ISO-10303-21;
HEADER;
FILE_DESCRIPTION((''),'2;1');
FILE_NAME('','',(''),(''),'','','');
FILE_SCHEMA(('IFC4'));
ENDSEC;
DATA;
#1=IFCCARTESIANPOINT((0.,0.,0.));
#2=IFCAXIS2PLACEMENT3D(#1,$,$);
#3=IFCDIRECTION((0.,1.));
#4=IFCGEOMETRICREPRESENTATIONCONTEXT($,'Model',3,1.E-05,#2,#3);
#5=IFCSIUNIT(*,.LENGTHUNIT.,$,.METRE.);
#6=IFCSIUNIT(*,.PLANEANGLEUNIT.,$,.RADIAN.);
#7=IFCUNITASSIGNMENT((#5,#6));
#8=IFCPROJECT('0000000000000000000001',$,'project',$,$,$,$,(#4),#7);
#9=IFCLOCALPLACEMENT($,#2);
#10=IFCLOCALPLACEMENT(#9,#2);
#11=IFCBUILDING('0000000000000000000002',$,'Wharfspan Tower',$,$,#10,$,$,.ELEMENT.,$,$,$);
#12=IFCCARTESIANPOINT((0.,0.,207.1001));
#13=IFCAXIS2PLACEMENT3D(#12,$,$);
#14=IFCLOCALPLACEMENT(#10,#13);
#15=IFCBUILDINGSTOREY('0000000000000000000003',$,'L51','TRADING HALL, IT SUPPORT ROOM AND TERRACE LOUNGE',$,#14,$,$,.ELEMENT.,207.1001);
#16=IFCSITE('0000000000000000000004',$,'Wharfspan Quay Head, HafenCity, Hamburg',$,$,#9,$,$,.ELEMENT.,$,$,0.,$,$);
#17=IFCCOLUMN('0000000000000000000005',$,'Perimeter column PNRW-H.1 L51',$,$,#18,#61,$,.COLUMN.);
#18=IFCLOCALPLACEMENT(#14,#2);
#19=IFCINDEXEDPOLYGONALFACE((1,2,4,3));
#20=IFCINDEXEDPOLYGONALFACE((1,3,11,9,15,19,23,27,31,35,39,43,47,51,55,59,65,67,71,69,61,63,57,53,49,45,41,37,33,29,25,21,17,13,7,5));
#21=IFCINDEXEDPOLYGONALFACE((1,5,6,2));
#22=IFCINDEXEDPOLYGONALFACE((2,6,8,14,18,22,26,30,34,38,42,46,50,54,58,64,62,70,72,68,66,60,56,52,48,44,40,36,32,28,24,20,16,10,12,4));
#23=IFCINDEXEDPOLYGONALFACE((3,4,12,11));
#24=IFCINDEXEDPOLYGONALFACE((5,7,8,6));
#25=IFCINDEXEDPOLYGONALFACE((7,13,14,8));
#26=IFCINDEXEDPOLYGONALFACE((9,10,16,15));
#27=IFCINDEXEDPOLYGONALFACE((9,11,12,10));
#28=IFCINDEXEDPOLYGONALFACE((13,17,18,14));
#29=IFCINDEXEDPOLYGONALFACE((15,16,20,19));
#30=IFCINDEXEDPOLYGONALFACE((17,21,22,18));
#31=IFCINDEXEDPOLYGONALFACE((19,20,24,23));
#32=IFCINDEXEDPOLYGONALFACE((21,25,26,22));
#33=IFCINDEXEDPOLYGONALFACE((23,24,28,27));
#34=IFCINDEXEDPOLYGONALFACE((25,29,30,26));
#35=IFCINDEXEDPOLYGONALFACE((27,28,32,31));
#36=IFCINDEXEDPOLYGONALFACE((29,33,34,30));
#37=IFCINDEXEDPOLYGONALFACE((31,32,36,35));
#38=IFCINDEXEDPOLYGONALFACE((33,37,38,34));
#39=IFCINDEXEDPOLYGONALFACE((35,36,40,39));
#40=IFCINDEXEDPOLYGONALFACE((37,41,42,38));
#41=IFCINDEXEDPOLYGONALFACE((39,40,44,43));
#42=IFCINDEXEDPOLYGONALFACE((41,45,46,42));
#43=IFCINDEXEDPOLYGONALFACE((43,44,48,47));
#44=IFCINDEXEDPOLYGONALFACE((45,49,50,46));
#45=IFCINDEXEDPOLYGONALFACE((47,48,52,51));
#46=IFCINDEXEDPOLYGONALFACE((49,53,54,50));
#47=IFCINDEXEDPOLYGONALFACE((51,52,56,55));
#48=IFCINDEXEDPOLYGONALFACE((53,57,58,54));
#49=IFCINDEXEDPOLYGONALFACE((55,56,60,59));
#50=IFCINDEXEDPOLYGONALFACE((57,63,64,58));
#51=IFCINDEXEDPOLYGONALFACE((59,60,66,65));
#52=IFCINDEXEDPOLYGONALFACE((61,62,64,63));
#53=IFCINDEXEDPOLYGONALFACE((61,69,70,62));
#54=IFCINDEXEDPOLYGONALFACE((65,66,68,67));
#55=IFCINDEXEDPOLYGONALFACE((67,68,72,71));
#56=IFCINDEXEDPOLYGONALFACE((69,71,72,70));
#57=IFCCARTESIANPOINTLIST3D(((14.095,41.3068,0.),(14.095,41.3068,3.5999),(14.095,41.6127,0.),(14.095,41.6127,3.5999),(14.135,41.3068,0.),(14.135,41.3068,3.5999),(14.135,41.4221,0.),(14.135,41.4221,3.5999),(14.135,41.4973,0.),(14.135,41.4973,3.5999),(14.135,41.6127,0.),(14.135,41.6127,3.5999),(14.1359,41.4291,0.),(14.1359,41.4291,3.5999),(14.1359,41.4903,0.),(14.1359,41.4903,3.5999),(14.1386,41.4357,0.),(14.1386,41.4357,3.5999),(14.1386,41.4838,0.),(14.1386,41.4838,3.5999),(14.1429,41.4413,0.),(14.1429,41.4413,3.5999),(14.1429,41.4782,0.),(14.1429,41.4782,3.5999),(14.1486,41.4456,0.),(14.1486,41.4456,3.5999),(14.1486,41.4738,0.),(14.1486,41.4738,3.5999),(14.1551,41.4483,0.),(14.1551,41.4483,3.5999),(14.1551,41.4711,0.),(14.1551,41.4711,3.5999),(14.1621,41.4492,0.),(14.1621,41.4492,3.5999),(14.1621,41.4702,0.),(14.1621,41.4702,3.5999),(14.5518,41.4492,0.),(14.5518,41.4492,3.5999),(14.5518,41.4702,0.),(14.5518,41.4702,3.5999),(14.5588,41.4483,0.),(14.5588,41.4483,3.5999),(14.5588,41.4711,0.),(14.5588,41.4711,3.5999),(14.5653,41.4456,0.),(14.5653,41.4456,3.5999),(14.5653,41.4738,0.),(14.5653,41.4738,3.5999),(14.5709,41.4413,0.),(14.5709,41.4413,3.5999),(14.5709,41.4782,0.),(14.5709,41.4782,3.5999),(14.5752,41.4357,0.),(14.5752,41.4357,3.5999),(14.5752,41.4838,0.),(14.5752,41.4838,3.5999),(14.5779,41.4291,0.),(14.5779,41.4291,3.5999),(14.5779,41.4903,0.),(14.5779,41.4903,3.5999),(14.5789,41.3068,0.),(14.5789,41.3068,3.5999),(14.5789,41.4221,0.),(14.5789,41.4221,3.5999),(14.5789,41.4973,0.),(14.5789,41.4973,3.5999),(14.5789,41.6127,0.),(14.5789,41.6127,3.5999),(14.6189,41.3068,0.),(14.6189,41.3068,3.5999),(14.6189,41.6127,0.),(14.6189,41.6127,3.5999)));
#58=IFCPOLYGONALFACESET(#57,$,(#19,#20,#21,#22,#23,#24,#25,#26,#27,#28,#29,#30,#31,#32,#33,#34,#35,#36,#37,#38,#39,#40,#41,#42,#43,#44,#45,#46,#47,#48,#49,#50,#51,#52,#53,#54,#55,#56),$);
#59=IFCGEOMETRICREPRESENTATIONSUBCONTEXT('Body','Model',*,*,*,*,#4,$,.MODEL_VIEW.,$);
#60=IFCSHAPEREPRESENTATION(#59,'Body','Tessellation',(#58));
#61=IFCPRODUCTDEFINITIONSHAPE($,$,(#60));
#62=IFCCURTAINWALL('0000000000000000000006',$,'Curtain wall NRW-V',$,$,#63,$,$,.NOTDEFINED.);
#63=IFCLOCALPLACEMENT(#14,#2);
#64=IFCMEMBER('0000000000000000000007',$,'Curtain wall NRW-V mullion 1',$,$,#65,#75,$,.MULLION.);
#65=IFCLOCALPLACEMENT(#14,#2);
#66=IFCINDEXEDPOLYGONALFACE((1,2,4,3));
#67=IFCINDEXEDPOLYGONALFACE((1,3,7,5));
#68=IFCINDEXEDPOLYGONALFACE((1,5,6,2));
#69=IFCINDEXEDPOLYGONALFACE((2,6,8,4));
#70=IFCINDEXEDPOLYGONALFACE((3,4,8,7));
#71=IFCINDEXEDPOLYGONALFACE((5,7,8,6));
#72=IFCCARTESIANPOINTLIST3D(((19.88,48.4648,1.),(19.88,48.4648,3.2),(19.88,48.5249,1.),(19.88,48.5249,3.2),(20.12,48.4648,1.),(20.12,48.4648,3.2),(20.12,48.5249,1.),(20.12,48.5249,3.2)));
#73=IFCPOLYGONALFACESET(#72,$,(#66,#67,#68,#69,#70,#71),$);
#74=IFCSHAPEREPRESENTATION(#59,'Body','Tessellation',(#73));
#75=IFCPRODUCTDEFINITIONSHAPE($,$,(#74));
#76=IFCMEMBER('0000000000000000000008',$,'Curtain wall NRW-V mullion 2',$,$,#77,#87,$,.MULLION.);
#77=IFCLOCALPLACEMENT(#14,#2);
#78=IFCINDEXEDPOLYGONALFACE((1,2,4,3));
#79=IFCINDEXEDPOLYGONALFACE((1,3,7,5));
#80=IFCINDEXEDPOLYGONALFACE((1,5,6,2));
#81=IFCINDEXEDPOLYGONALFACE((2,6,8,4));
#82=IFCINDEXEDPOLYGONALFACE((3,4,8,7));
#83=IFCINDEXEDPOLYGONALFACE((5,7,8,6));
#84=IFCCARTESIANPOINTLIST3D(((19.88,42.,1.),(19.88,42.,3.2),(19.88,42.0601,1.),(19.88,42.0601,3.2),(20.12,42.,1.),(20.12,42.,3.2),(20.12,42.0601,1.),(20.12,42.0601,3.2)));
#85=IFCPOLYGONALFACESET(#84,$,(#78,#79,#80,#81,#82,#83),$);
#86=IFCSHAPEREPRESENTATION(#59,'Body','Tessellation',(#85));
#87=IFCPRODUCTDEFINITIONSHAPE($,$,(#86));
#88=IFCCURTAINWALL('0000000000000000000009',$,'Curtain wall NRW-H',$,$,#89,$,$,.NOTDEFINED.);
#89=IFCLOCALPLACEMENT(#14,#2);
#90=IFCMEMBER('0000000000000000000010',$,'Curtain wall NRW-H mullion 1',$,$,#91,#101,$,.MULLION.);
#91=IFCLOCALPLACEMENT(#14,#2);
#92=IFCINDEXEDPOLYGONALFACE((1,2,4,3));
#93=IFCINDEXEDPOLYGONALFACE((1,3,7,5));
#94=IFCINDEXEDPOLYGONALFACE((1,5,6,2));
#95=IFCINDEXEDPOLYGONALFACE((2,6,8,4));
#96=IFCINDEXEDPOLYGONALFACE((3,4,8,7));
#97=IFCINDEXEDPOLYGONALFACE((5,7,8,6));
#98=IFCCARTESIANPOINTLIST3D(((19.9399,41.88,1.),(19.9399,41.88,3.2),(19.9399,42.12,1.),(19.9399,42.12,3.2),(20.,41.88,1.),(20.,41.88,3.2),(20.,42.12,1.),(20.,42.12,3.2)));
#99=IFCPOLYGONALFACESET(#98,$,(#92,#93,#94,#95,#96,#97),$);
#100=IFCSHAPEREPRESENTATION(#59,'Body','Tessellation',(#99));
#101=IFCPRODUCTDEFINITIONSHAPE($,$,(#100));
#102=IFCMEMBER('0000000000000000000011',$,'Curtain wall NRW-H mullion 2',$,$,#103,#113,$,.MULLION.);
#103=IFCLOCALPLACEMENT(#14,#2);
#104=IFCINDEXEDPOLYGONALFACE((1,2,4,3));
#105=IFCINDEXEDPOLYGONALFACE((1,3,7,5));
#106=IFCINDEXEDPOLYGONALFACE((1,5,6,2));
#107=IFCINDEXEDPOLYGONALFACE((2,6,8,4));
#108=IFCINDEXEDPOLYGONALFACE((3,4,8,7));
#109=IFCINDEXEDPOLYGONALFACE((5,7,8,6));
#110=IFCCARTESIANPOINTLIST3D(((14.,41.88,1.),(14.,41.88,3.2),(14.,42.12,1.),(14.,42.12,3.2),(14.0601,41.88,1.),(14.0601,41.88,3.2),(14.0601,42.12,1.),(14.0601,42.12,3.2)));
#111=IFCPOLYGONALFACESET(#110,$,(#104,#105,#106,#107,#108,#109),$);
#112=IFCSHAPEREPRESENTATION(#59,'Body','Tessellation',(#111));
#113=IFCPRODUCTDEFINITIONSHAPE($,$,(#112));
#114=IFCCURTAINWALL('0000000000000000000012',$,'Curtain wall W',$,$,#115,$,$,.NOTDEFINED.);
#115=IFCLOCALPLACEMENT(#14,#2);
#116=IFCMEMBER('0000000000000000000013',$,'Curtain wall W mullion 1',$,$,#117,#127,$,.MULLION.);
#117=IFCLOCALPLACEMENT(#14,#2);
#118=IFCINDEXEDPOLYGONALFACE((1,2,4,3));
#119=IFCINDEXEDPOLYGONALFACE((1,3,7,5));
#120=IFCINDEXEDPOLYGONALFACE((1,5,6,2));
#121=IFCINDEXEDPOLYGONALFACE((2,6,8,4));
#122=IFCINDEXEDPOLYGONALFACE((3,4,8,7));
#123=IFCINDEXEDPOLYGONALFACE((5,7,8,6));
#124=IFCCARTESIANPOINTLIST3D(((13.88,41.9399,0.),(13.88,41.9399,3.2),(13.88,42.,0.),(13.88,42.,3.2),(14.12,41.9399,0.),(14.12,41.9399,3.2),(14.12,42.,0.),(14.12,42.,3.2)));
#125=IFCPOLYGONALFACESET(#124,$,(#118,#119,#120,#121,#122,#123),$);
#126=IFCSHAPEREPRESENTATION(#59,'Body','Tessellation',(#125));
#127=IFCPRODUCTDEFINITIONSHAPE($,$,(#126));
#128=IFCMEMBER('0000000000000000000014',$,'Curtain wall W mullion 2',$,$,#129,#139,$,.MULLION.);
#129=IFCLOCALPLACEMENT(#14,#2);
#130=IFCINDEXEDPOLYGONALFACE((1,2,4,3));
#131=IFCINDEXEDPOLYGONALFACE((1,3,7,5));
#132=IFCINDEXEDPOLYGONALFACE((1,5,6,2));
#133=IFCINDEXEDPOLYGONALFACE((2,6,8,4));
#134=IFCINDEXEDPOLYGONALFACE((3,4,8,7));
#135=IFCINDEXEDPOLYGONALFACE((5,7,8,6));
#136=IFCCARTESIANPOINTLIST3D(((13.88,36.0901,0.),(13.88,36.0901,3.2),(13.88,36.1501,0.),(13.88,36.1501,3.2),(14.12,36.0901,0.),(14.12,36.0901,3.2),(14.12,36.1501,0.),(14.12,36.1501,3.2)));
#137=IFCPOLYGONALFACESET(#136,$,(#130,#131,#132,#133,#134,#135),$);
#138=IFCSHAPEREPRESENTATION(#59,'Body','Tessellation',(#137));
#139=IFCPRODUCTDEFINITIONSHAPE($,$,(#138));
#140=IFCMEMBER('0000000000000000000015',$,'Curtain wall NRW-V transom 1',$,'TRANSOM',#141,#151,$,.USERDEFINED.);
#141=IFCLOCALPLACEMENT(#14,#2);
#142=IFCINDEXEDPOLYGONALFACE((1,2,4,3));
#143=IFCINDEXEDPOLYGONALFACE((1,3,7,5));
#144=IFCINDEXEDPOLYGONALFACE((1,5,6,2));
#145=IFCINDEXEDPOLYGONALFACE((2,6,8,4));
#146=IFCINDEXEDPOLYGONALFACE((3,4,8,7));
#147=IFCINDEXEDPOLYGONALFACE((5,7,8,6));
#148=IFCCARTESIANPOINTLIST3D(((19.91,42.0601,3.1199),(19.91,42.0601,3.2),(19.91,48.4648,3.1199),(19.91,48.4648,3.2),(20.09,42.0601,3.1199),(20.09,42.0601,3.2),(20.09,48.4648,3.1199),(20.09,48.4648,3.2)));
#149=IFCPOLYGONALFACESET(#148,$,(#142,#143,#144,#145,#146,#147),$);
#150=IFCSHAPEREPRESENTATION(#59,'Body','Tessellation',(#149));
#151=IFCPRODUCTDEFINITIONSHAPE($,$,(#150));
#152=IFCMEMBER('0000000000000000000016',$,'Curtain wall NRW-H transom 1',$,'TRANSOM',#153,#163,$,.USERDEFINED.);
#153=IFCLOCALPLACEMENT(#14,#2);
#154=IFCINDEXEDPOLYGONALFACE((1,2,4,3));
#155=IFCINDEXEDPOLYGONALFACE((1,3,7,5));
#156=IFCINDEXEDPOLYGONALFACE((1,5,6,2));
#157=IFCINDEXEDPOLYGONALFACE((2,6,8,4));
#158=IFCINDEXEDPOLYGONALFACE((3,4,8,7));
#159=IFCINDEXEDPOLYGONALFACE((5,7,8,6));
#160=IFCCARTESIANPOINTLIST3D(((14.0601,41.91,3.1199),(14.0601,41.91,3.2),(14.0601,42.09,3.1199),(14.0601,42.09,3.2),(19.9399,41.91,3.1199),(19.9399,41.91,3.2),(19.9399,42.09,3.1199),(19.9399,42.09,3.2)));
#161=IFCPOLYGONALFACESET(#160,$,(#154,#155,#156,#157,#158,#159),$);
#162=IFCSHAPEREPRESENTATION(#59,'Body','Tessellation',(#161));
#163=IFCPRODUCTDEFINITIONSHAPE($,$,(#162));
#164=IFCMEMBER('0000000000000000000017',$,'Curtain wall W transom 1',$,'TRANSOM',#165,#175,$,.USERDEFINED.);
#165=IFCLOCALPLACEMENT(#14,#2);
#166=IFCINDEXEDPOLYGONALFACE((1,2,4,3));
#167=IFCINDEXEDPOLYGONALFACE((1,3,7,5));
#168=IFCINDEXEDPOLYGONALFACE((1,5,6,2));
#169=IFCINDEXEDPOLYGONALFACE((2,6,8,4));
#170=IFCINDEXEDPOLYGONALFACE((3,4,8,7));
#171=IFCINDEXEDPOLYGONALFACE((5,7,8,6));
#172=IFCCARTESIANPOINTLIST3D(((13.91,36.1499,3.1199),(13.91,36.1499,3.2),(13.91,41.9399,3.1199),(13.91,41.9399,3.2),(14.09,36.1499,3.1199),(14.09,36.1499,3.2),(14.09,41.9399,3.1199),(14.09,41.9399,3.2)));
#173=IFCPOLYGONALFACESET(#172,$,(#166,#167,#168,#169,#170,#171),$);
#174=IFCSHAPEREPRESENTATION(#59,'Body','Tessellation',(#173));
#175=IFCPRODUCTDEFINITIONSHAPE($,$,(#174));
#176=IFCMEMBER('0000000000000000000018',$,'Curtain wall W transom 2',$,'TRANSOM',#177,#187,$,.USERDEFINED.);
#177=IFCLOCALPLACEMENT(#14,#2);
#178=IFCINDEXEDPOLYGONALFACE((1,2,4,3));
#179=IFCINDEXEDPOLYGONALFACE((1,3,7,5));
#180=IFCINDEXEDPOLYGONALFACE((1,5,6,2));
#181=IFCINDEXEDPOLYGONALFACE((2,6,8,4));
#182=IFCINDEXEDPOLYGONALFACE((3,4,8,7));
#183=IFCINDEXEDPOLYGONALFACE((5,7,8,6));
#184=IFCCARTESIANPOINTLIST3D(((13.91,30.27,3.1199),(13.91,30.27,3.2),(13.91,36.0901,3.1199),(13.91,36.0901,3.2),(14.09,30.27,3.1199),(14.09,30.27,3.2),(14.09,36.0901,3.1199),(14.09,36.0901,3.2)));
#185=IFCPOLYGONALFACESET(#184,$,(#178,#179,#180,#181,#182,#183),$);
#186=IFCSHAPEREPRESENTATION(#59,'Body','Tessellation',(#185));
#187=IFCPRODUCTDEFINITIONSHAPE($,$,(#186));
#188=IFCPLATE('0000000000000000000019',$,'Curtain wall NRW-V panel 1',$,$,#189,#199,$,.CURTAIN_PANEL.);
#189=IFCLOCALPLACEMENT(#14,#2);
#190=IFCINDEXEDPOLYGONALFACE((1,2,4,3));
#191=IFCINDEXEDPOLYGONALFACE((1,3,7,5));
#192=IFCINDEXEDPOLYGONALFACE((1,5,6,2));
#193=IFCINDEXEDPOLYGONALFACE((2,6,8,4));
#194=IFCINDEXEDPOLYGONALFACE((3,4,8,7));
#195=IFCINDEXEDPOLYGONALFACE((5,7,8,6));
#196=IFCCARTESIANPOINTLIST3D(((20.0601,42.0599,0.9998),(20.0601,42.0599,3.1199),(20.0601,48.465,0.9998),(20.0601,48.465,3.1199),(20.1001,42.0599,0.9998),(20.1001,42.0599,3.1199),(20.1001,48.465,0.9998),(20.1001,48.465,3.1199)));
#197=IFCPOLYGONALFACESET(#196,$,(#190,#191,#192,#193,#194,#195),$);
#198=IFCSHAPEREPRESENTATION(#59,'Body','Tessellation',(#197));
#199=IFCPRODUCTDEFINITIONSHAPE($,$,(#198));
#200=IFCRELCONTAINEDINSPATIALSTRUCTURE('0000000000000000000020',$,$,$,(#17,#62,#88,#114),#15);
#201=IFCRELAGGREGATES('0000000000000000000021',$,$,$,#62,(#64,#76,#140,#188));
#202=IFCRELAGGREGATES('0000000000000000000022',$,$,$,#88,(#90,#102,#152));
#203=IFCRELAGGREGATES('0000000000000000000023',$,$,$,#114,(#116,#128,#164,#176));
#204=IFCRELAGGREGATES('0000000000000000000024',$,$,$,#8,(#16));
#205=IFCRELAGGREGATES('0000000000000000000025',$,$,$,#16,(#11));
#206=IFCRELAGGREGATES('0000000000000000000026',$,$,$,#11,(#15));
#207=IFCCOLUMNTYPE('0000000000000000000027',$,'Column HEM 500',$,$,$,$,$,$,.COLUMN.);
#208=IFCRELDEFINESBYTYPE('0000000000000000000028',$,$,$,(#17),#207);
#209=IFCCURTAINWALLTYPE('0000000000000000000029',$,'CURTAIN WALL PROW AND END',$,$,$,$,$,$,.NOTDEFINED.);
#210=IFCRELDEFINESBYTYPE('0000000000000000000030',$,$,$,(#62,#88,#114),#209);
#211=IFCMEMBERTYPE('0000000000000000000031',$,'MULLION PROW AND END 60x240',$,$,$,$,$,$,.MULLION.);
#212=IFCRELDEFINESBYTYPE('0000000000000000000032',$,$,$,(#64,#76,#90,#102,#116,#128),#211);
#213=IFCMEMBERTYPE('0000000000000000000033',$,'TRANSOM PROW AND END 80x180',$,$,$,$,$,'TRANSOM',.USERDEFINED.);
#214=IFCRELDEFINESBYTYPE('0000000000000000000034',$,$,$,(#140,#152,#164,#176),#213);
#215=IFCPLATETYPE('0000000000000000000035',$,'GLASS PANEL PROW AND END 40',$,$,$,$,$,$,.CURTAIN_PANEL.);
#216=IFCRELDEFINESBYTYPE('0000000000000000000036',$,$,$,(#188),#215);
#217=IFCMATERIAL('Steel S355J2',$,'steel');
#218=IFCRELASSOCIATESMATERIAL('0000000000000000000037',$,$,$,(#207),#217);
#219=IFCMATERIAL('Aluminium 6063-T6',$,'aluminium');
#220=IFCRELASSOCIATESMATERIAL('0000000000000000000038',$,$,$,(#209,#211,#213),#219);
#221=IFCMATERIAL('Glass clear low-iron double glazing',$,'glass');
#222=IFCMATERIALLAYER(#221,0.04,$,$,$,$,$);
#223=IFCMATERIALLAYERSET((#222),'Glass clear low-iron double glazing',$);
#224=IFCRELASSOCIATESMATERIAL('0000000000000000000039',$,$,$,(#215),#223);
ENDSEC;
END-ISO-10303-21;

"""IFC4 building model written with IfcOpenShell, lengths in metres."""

from ifc_helpers import new_model, si_unit, direction, frame, origin, origin_2d, place, context, subcontext, project, spatial, rectangle, i_section, extrude, material, layer, layer_set, material_profile, profile_set, type_object, element, aggregate, save


model = new_model("IFC4")

# Units and contexts
model_context = context("Model", 3, precision=1e-05, world=origin(), true_north=direction((0.0, 1.0)))
body_context = subcontext(model_context, "Body", "Model", "MODEL_VIEW")
ifc_project = project(units=[si_unit("LENGTHUNIT", "METRE"), si_unit("PLANEANGLEUNIT", "RADIAN")], contexts=[model_context])

# Site, building, storey
site_placement = place(None, origin())
site = spatial("IfcSite", under=ifc_project, at=site_placement, Name="Wharfspan Quay Head, HafenCity, Hamburg", CompositionType="ELEMENT", RefElevation=0.0)
building_placement = place(site_placement, origin())
building = spatial("IfcBuilding", under=site, at=building_placement, Name="Wharfspan Tower", CompositionType="ELEMENT")
storey_placement = place(building_placement, frame((0.0, 0.0, 207.1001)))
storey = spatial("IfcBuildingStorey", under=building, at=storey_placement, Name="L51", Description="TRADING HALL, IT SUPPORT ROOM AND TERRACE LOUNGE", CompositionType="ELEMENT", Elevation=207.1001)

# Column
ifc_material_1 = material(Name="Steel S355J2", Category="steel")
ifc_material_profile_1 = material_profile(ifc_material_1, i_section(OverallWidth=0.3059, OverallDepth=0.5239, WebThickness=0.021, FlangeThickness=0.04, FilletRadius=0.0271, at=origin_2d()))
ifc_profile_set_1 = profile_set([ifc_material_profile_1], Name="Steel S355J2")
column_type = type_object("IfcColumnType", Name="Column HEM 500", PredefinedType="COLUMN", material=ifc_profile_set_1)
column_placement = place(storey_placement, frame((14.3569, 41.4597, 0.0), z_axis=(0.0, 0.0, 1.0), x_axis=(0.0, 1.0, 0.0)))
element("IfcColumn", 1, at=column_placement, inside=storey, type_object=column_type, Name="Perimeter column PNRW-H.1 L51", PredefinedType="COLUMN", context=body_context, shape_type="SweptSolid", body=[
    extrude(i_section(OverallWidth=0.3059, OverallDepth=0.5239, WebThickness=0.021, FlangeThickness=0.04, FilletRadius=0.0271, at=origin_2d()), origin(), (0.0, 0.0, 1.0), 3.5999),
])

# Curtain walls, members
ifc_material_2 = material(Name="Aluminium 6063-T6", Category="aluminium")
curtain_wall_type = type_object("IfcCurtainWallType", Name="CURTAIN WALL PROW AND END", PredefinedType="NOTDEFINED", material=ifc_material_2)
curtain_wall_1_placement = place(storey_placement, origin())
curtain_wall_1 = element("IfcCurtainWall", 2, at=curtain_wall_1_placement, inside=storey, type_object=curtain_wall_type, Name="Curtain wall NRW-V", PredefinedType="NOTDEFINED")
ifc_material_profile_2 = material_profile(ifc_material_2, rectangle(XDim=0.24, YDim=0.0601, at=origin_2d()))
ifc_profile_set_2 = profile_set([ifc_material_profile_2], Name="Aluminium 6063-T6")
member_type_1 = type_object("IfcMemberType", Name="MULLION PROW AND END 60x240", PredefinedType="MULLION", material=ifc_profile_set_2)
member_1_placement = place(storey_placement, frame((20.0, 48.4949, 1.0), z_axis=(0.0, 0.0, 1.0), x_axis=(1.0, 0.0, 0.0)))
member_1 = element("IfcMember", 3, at=member_1_placement, type_object=member_type_1, Name="Curtain wall NRW-V mullion 1", PredefinedType="MULLION", context=body_context, shape_type="SweptSolid", body=[
    extrude(rectangle(XDim=0.24, YDim=0.0601, at=origin_2d()), origin(), (0.0, 0.0, 1.0), 2.2),
])
member_2_placement = place(storey_placement, frame((20.0, 42.03, 1.0), z_axis=(0.0, 0.0, 1.0), x_axis=(1.0, 0.0, 0.0)))
member_2 = element("IfcMember", 4, at=member_2_placement, type_object=member_type_1, Name="Curtain wall NRW-V mullion 2", PredefinedType="MULLION", context=body_context, shape_type="SweptSolid", body=[
    extrude(rectangle(XDim=0.24, YDim=0.0601, at=origin_2d()), origin(), (0.0, 0.0, 1.0), 2.2),
])
curtain_wall_2_placement = place(storey_placement, origin())
curtain_wall_2 = element("IfcCurtainWall", 5, at=curtain_wall_2_placement, inside=storey, type_object=curtain_wall_type, Name="Curtain wall NRW-H", PredefinedType="NOTDEFINED")
member_3_placement = place(storey_placement, frame((19.97, 42.0, 1.0), z_axis=(0.0, 0.0, 1.0), x_axis=(0.0, -1.0, 0.0)))
member_3 = element("IfcMember", 6, at=member_3_placement, type_object=member_type_1, Name="Curtain wall NRW-H mullion 1", PredefinedType="MULLION", context=body_context, shape_type="SweptSolid", body=[
    extrude(rectangle(XDim=0.24, YDim=0.0601, at=origin_2d()), origin(), (0.0, 0.0, 1.0), 2.2),
])
member_4_placement = place(storey_placement, frame((14.03, 42.0, 1.0), z_axis=(0.0, 0.0, 1.0), x_axis=(0.0, -1.0, 0.0)))
member_4 = element("IfcMember", 7, at=member_4_placement, type_object=member_type_1, Name="Curtain wall NRW-H mullion 2", PredefinedType="MULLION", context=body_context, shape_type="SweptSolid", body=[
    extrude(rectangle(XDim=0.24, YDim=0.0601, at=origin_2d()), origin(), (0.0, 0.0, 1.0), 2.2),
])
curtain_wall_3_placement = place(storey_placement, origin())
curtain_wall_3 = element("IfcCurtainWall", 8, at=curtain_wall_3_placement, inside=storey, type_object=curtain_wall_type, Name="Curtain wall W", PredefinedType="NOTDEFINED")
member_5_placement = place(storey_placement, frame((14.0, 41.97, 0.0), z_axis=(0.0, 0.0, 1.0), x_axis=(1.0, 0.0, 0.0)))
member_5 = element("IfcMember", 9, at=member_5_placement, type_object=member_type_1, Name="Curtain wall W mullion 1", PredefinedType="MULLION", context=body_context, shape_type="SweptSolid", body=[
    extrude(rectangle(XDim=0.24, YDim=0.0601, at=origin_2d()), origin(), (0.0, 0.0, 1.0), 3.2),
])
member_6_placement = place(storey_placement, frame((14.0, 36.1201, 0.0), z_axis=(0.0, 0.0, 1.0), x_axis=(1.0, 0.0, 0.0)))
member_6 = element("IfcMember", 10, at=member_6_placement, type_object=member_type_1, Name="Curtain wall W mullion 2", PredefinedType="MULLION", context=body_context, shape_type="SweptSolid", body=[
    extrude(rectangle(XDim=0.24, YDim=0.0601, at=origin_2d()), origin(), (0.0, 0.0, 1.0), 3.2),
])

# Members
ifc_material_profile_3 = material_profile(ifc_material_2, rectangle(XDim=0.1799, YDim=0.0801, at=origin_2d()))
ifc_profile_set_3 = profile_set([ifc_material_profile_3], Name="Aluminium 6063-T6")
member_type_2 = type_object("IfcMemberType", Name="TRANSOM PROW AND END 80x180", ElementType="TRANSOM", PredefinedType="USERDEFINED", material=ifc_profile_set_3)
member_7_placement = place(storey_placement, frame((20.0, 48.4648, 3.1599), z_axis=(0.0, -1.0, 0.0), x_axis=(1.0, 0.0, 0.0)))
member_7 = element("IfcMember", 11, at=member_7_placement, type_object=member_type_2, Name="Curtain wall NRW-V transom 1", ObjectType="TRANSOM", PredefinedType="USERDEFINED", context=body_context, shape_type="SweptSolid", body=[
    extrude(rectangle(XDim=0.1799, YDim=0.0801, at=origin_2d()), origin(), (0.0, 0.0, 1.0), 6.4048),
])
member_8_placement = place(storey_placement, frame((19.9399, 42.0, 3.1599), z_axis=(-1.0, 0.0, 0.0), x_axis=(0.0, -1.0, 0.0)))
member_8 = element("IfcMember", 12, at=member_8_placement, type_object=member_type_2, Name="Curtain wall NRW-H transom 1", ObjectType="TRANSOM", PredefinedType="USERDEFINED", context=body_context, shape_type="SweptSolid", body=[
    extrude(rectangle(XDim=0.1799, YDim=0.0801, at=origin_2d()), origin(), (0.0, 0.0, 1.0), 5.8799),
])
member_9_placement = place(storey_placement, frame((14.0, 41.9399, 3.1599), z_axis=(0.0, -1.0, 0.0), x_axis=(1.0, 0.0, 0.0)))
member_9 = element("IfcMember", 13, at=member_9_placement, type_object=member_type_2, Name="Curtain wall W transom 1", ObjectType="TRANSOM", PredefinedType="USERDEFINED", context=body_context, shape_type="SweptSolid", body=[
    extrude(rectangle(XDim=0.1799, YDim=0.0801, at=origin_2d()), origin(), (0.0, 0.0, 1.0), 5.79),
])
member_10_placement = place(storey_placement, frame((14.0, 36.0901, 3.1599), z_axis=(0.0, -1.0, 0.0), x_axis=(1.0, 0.0, 0.0)))
member_10 = element("IfcMember", 14, at=member_10_placement, type_object=member_type_2, Name="Curtain wall W transom 2", ObjectType="TRANSOM", PredefinedType="USERDEFINED", context=body_context, shape_type="SweptSolid", body=[
    extrude(rectangle(XDim=0.1799, YDim=0.0801, at=origin_2d()), origin(), (0.0, 0.0, 1.0), 5.8201),
])

# Plate
ifc_material_3 = material(Name="Glass clear low-iron double glazing", Category="glass")
ifc_layer_1 = layer(ifc_material_3, 0.04)
ifc_layer_set_1 = layer_set([ifc_layer_1], Name="Glass clear low-iron double glazing")
plate_type_1 = type_object("IfcPlateType", Name="GLASS PANEL PROW AND END 40", PredefinedType="CURTAIN_PANEL", material=ifc_layer_set_1)
plate_1_placement = place(storey_placement, frame((20.0801, 45.2625, 0.9998), z_axis=(0.0, 0.0, 1.0), x_axis=(0.0, -1.0, 0.0)))
plate_1 = element("IfcPlate", 15, at=plate_1_placement, type_object=plate_type_1, Name="Curtain wall NRW-V panel 1", PredefinedType="CURTAIN_PANEL", context=body_context, shape_type="SweptSolid", body=[
    extrude(rectangle(XDim=6.405, YDim=0.04, at=origin_2d()), origin(), (0.0, 0.0, 1.0), 2.1201),
])
aggregate(curtain_wall_1, [member_1, member_2, member_7, plate_1])
aggregate(curtain_wall_2, [member_3, member_4, member_8])
aggregate(curtain_wall_3, [member_5, member_6, member_9, member_10])

save(model, "model.ifc")
